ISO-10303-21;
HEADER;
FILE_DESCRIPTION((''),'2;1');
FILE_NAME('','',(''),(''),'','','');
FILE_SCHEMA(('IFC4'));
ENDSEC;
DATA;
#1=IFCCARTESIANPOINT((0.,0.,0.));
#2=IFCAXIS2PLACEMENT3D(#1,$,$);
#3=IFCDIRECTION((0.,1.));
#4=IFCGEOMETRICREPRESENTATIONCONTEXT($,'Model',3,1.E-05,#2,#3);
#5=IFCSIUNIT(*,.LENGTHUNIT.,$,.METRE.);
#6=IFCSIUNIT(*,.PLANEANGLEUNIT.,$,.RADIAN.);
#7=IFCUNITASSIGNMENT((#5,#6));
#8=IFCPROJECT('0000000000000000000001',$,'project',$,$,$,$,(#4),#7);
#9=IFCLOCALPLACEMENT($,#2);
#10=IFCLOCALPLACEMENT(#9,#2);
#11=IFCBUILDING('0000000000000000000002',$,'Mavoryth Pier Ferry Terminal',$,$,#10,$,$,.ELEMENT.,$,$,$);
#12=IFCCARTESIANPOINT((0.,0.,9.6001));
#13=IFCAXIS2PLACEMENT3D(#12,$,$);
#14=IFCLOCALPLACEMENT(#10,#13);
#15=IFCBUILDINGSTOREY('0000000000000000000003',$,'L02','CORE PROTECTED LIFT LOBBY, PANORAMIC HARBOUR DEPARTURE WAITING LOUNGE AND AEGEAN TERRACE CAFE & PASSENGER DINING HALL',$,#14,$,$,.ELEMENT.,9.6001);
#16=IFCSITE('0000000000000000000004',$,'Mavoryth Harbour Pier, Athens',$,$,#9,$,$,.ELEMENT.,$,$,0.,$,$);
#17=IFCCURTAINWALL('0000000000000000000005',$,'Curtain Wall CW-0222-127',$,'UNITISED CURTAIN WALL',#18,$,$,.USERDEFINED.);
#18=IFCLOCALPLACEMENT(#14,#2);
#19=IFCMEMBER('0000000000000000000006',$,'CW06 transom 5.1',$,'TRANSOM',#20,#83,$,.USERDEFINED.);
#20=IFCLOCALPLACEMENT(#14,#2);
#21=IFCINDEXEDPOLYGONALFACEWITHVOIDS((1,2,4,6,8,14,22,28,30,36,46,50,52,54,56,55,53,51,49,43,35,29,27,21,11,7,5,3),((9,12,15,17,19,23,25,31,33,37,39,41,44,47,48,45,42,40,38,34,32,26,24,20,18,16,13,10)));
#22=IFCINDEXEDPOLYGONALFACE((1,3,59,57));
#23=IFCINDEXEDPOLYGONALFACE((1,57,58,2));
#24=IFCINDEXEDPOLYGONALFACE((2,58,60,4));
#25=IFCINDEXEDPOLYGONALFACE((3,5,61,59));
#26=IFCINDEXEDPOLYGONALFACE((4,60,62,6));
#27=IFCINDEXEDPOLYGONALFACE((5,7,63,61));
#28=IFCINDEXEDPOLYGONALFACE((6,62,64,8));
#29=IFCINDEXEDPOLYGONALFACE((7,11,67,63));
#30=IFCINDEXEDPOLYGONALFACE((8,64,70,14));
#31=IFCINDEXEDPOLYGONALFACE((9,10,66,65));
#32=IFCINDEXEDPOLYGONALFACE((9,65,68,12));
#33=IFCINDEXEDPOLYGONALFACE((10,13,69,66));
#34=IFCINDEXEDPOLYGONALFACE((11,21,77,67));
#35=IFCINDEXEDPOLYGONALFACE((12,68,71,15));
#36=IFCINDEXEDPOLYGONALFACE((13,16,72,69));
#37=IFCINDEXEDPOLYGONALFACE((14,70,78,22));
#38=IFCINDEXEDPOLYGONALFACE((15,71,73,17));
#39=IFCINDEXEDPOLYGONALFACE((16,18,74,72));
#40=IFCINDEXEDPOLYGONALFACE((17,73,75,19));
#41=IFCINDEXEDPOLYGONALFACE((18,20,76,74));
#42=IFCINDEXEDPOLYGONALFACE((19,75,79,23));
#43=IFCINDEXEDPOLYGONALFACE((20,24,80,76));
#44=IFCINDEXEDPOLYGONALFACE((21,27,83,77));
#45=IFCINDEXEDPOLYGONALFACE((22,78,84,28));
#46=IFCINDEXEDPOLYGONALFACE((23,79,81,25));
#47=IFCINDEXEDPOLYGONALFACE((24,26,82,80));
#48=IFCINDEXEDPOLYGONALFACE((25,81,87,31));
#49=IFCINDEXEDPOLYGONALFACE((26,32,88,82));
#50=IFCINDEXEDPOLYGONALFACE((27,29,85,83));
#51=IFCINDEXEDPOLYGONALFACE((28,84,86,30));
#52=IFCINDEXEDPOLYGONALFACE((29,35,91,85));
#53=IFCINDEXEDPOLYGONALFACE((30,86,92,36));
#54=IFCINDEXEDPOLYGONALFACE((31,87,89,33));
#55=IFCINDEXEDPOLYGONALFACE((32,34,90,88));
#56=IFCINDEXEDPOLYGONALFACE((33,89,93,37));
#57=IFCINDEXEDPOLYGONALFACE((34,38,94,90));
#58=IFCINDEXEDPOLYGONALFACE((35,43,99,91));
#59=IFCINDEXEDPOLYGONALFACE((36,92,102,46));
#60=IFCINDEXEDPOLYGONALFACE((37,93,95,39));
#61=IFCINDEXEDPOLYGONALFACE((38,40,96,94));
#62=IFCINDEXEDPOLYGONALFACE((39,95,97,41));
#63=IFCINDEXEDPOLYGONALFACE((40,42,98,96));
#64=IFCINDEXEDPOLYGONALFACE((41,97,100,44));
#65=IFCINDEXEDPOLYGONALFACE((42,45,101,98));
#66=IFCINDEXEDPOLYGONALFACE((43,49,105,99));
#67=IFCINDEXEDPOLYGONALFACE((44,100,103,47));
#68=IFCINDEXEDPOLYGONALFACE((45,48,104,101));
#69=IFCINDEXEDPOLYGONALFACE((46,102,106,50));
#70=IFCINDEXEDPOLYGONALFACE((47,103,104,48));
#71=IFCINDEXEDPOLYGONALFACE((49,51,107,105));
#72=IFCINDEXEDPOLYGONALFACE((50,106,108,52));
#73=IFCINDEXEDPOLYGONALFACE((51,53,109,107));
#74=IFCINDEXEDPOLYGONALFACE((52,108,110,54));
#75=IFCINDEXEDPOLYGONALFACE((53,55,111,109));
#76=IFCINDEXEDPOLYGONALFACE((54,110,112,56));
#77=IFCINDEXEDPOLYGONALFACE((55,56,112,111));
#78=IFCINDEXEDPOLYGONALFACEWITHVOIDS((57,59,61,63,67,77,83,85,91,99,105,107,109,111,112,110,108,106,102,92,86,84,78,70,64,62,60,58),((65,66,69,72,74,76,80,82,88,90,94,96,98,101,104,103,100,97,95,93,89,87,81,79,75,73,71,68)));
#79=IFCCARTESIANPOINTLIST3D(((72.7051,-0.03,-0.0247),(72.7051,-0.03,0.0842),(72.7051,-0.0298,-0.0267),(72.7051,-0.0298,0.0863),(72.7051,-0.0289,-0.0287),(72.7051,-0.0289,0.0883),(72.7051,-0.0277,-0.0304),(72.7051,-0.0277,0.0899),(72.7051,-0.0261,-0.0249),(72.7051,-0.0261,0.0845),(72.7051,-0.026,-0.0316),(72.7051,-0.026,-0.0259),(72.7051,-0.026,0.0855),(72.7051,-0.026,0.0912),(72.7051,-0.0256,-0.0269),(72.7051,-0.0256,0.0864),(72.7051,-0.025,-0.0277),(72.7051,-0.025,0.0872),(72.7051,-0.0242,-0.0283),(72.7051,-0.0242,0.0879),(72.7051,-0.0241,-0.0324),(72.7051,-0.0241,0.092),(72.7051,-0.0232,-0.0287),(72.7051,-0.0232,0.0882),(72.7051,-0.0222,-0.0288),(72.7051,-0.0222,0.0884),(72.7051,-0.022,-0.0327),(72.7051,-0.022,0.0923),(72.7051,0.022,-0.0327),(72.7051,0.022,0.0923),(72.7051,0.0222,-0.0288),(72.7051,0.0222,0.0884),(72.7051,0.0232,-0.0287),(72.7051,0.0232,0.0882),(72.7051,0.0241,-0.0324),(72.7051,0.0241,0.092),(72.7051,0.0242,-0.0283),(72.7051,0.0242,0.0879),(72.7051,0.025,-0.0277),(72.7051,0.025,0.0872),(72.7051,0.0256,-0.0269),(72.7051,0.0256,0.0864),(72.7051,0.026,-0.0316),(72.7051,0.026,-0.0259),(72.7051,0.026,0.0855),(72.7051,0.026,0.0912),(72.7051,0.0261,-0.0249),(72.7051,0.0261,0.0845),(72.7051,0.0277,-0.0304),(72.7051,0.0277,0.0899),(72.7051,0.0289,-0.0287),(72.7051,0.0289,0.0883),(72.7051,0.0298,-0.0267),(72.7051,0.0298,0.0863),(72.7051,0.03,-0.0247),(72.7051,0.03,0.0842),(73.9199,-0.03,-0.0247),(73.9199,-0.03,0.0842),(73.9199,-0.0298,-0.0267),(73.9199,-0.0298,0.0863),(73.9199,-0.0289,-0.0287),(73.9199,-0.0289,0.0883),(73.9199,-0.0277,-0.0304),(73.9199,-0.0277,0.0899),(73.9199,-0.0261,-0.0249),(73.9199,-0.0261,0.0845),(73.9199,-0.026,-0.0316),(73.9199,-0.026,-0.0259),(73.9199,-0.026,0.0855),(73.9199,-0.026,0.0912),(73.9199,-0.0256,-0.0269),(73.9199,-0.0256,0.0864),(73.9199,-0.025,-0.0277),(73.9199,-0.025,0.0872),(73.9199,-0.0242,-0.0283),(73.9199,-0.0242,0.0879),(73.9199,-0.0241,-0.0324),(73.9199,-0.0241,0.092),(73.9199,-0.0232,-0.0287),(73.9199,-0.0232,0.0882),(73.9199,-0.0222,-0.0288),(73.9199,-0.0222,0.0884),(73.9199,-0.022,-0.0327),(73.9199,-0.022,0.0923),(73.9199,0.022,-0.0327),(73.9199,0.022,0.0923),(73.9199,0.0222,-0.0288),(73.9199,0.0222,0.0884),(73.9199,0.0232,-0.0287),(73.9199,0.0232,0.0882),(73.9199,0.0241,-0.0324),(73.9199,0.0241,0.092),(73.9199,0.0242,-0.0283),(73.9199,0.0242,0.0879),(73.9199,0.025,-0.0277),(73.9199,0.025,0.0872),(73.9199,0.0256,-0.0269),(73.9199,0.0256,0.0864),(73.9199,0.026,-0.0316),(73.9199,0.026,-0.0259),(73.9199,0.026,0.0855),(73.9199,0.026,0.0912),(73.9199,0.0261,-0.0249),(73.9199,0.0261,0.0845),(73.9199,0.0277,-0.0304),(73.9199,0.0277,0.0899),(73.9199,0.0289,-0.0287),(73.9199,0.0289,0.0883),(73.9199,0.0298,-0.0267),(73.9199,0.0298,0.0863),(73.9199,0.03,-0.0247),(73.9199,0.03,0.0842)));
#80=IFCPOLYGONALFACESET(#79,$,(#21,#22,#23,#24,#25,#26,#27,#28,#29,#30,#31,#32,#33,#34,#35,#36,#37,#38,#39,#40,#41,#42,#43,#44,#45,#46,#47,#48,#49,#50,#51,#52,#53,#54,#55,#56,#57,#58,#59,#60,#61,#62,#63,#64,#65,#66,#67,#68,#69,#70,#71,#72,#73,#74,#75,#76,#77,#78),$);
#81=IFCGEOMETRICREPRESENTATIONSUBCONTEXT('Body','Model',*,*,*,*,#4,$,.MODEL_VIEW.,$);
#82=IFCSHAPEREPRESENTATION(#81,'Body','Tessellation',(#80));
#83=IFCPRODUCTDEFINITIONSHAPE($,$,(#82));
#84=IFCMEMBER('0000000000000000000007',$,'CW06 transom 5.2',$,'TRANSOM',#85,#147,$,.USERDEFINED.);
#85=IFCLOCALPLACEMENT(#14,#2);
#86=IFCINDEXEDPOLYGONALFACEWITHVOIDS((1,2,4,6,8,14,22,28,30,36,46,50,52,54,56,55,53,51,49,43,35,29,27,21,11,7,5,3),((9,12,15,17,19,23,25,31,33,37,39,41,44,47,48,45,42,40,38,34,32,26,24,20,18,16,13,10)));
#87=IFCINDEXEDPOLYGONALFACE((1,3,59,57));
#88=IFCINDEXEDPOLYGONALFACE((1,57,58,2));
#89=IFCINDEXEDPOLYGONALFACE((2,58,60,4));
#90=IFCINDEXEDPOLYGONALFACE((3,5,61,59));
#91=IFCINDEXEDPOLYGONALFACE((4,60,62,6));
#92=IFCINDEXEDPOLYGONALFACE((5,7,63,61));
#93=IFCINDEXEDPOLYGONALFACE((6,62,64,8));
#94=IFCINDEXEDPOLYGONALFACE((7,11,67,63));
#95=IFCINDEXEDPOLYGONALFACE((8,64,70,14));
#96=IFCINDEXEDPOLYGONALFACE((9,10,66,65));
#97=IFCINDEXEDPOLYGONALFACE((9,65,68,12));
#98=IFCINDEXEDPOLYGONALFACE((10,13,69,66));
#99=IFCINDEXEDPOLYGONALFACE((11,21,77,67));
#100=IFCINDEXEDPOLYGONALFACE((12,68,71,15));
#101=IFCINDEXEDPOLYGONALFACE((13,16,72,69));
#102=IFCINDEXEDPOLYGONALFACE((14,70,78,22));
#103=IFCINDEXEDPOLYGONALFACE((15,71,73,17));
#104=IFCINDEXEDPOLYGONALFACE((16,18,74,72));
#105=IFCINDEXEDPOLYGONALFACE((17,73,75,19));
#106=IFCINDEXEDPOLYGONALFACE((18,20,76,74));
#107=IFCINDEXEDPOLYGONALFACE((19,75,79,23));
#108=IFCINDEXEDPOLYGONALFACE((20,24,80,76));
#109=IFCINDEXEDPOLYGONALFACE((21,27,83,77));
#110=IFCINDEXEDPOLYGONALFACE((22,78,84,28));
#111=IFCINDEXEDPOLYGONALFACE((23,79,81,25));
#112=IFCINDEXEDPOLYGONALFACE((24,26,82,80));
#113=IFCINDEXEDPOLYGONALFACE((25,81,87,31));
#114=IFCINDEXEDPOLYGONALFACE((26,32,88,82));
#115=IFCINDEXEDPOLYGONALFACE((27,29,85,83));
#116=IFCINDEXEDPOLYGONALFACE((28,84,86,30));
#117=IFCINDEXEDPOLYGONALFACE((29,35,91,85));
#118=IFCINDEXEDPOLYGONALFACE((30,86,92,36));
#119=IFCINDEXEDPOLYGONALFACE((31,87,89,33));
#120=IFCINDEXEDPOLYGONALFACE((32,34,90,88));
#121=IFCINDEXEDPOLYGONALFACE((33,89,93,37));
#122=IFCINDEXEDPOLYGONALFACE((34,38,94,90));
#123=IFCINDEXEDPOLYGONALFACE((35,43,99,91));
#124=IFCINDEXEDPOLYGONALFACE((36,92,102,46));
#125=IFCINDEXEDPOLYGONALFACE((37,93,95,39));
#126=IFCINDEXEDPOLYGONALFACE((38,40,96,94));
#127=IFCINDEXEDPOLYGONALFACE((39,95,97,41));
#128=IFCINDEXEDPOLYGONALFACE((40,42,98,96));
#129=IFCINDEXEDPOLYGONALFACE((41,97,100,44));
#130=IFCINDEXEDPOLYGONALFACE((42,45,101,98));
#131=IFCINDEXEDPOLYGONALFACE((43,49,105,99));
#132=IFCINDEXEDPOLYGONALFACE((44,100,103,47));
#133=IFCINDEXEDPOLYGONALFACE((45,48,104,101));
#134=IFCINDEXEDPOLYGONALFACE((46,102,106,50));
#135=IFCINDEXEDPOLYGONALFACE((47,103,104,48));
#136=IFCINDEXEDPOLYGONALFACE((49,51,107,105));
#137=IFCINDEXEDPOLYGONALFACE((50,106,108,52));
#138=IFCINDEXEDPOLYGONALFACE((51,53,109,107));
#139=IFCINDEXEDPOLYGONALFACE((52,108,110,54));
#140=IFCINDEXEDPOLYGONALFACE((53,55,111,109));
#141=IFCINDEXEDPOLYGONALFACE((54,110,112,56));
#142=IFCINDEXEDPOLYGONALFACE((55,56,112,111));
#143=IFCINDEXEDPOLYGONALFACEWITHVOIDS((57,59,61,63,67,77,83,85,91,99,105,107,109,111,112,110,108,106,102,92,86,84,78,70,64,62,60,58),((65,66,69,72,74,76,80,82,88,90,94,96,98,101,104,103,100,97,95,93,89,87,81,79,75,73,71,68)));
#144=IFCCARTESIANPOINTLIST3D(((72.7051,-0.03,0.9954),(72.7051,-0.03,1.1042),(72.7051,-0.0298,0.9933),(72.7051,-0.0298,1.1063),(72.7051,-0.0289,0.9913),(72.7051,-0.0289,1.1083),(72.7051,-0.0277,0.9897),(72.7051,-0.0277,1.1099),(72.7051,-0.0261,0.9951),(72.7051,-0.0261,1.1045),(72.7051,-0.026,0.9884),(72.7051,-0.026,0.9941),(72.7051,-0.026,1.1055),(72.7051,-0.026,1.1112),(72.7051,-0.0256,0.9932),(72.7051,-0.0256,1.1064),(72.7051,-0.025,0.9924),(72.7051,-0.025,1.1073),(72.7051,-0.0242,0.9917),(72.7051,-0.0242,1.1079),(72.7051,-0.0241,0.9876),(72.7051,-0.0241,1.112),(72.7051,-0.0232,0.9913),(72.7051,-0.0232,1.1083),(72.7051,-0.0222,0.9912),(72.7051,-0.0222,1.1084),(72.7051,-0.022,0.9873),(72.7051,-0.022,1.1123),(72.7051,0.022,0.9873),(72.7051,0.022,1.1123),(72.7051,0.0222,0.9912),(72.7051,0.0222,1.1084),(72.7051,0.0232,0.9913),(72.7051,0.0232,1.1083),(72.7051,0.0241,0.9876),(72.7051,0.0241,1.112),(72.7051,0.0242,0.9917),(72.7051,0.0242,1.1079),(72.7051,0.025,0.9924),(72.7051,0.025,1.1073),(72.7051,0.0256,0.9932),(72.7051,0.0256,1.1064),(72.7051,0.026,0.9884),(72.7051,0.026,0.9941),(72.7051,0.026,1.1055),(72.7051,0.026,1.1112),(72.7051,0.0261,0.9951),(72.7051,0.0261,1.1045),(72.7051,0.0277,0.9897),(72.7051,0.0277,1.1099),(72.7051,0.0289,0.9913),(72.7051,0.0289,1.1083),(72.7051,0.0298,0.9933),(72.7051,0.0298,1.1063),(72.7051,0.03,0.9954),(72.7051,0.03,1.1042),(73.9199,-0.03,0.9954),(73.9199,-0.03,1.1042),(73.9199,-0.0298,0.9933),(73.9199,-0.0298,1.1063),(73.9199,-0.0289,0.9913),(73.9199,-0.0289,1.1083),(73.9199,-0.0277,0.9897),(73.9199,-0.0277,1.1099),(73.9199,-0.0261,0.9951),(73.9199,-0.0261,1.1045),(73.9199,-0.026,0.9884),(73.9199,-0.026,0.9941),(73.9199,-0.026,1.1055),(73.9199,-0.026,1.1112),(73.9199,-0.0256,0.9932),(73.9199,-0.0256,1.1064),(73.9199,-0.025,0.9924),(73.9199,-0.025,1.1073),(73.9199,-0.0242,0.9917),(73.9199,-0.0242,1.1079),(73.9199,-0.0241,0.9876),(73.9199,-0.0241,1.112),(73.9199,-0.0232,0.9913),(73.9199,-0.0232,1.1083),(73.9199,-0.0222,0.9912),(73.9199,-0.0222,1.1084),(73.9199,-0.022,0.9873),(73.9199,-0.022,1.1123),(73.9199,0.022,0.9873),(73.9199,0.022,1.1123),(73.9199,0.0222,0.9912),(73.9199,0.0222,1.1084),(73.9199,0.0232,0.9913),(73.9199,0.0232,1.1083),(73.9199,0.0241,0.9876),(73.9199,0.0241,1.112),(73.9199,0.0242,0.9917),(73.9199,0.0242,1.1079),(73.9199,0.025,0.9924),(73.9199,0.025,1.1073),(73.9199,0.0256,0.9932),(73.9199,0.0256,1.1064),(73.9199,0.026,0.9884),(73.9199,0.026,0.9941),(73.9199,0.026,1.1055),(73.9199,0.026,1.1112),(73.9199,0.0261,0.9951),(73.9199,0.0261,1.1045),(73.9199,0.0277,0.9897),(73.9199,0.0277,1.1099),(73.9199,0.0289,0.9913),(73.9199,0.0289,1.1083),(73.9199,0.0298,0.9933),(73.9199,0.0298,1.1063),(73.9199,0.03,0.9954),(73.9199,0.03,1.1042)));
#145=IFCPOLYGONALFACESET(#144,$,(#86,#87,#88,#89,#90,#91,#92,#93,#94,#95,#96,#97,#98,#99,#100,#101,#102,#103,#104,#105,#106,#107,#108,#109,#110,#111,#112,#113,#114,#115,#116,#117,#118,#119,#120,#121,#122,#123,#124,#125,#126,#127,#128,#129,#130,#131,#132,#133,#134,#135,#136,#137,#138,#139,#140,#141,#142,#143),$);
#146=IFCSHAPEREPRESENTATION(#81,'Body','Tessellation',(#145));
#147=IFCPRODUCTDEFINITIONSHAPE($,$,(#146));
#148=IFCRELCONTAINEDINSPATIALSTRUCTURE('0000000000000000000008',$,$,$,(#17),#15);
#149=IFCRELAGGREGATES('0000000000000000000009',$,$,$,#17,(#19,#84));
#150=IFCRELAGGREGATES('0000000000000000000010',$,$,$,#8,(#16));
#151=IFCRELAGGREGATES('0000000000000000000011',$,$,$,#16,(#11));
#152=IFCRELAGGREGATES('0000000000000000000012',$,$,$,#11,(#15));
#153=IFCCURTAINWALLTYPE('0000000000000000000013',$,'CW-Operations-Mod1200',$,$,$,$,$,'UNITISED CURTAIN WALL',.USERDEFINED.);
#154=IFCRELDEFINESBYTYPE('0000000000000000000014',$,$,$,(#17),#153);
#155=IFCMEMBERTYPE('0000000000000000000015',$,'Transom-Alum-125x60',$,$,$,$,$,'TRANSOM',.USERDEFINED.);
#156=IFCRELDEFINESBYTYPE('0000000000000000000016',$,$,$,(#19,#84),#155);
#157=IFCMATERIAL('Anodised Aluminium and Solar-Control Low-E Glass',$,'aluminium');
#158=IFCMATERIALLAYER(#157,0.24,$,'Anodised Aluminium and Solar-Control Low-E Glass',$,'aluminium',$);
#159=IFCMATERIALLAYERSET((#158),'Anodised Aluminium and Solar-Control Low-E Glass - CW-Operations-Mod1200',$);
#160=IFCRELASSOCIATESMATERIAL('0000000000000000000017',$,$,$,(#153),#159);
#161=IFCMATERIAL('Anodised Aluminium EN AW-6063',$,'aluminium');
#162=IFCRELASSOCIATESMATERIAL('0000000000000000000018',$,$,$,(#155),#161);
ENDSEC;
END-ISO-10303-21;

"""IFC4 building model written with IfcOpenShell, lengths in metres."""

from ifc_helpers import new_model, si_unit, direction, frame, origin, origin_2d, place, context, subcontext, project, spatial, hollow_rectangle, extrude, material, layer, layer_set, material_profile, profile_set, type_object, element, aggregate, save


model = new_model("IFC4")

# Units and contexts
model_context = context("Model", 3, precision=1e-05, world=origin(), true_north=direction((0.0, 1.0)))
body_context = subcontext(model_context, "Body", "Model", "MODEL_VIEW")
ifc_project = project(units=[si_unit("LENGTHUNIT", "METRE"), si_unit("PLANEANGLEUNIT", "RADIAN")], contexts=[model_context])

# Site, building, storey
site_placement = place(None, origin())
site = spatial("IfcSite", under=ifc_project, at=site_placement, Name="Mavoryth Harbour Pier, Athens", CompositionType="ELEMENT", RefElevation=0.0)
building_placement = place(site_placement, origin())
building = spatial("IfcBuilding", under=site, at=building_placement, Name="Mavoryth Pier Ferry Terminal", CompositionType="ELEMENT")
storey_placement = place(building_placement, frame((0.0, 0.0, 9.6001)))
storey = spatial("IfcBuildingStorey", under=building, at=storey_placement, Name="L02", Description="CORE PROTECTED LIFT LOBBY, PANORAMIC HARBOUR DEPARTURE WAITING LOUNGE AND AEGEAN TERRACE CAFE & PASSENGER DINING HALL", CompositionType="ELEMENT", Elevation=9.6001)

# Shared definitions
ifc_material_1 = material(Name="Anodised Aluminium and Solar-Control Low-E Glass", Category="aluminium")
ifc_layer_1 = layer(ifc_material_1, 0.24, Name="Anodised Aluminium and Solar-Control Low-E Glass", Category="aluminium")
ifc_layer_set_1 = layer_set([ifc_layer_1], Name="Anodised Aluminium and Solar-Control Low-E Glass - CW-Operations-Mod1200")
curtain_wall_type = type_object("IfcCurtainWallType", Name="CW-Operations-Mod1200", ElementType="UNITISED CURTAIN WALL", PredefinedType="USERDEFINED", material=ifc_layer_set_1)
ifc_material_2 = material(Name="Anodised Aluminium EN AW-6063", Category="aluminium")

# Curtain wall
curtain_wall_1_placement = place(storey_placement, origin())
curtain_wall_1 = element("IfcCurtainWall", 1, at=curtain_wall_1_placement, inside=storey, type_object=curtain_wall_type, Name="Curtain Wall CW-0222-127", ObjectType="UNITISED CURTAIN WALL", PredefinedType="USERDEFINED")

# Members
ifc_material_profile_1 = material_profile(ifc_material_2, hollow_rectangle(XDim=0.0601, YDim=0.125, WallThickness=0.0039, InnerFilletRadius=0.0039, OuterFilletRadius=0.0081, at=origin_2d()), Name="AL-TRAN 125x60x4", Category="aluminium")
ifc_profile_set_1 = profile_set([ifc_material_profile_1], Name="Anodised Aluminium EN AW-6063 - AL-TRAN 125x60x4")
member_type_1 = type_object("IfcMemberType", Name="Transom-Alum-125x60", ElementType="TRANSOM", PredefinedType="USERDEFINED", material=ifc_profile_set_1)
member_1_placement = place(storey_placement, frame((72.7051, 0.0, 0.0298), z_axis=(1.0, 0.0, 0.0), x_axis=(0.0, 1.0, 0.0)))
member_1 = element("IfcMember", 2, at=member_1_placement, type_object=member_type_1, Name="CW06 transom 5.1", ObjectType="TRANSOM", PredefinedType="USERDEFINED", context=body_context, shape_type="SweptSolid", body=[
    extrude(hollow_rectangle(XDim=0.0601, YDim=0.125, WallThickness=0.0039, InnerFilletRadius=0.0039, OuterFilletRadius=0.0081, at=origin_2d()), origin(), (0.0, 0.0, 1.0), 1.2148),
])
member_2_placement = place(storey_placement, frame((72.7051, 0.0, 1.0498), z_axis=(1.0, 0.0, 0.0), x_axis=(0.0, 1.0, 0.0)))
member_2 = element("IfcMember", 3, at=member_2_placement, type_object=member_type_1, Name="CW06 transom 5.2", ObjectType="TRANSOM", PredefinedType="USERDEFINED", context=body_context, shape_type="SweptSolid", body=[
    extrude(hollow_rectangle(XDim=0.0601, YDim=0.125, WallThickness=0.0039, InnerFilletRadius=0.0039, OuterFilletRadius=0.0081, at=origin_2d()), origin(), (0.0, 0.0, 1.0), 1.2148),
])

aggregate(curtain_wall_1, [member_1, member_2])

save(model, "model.ifc")
